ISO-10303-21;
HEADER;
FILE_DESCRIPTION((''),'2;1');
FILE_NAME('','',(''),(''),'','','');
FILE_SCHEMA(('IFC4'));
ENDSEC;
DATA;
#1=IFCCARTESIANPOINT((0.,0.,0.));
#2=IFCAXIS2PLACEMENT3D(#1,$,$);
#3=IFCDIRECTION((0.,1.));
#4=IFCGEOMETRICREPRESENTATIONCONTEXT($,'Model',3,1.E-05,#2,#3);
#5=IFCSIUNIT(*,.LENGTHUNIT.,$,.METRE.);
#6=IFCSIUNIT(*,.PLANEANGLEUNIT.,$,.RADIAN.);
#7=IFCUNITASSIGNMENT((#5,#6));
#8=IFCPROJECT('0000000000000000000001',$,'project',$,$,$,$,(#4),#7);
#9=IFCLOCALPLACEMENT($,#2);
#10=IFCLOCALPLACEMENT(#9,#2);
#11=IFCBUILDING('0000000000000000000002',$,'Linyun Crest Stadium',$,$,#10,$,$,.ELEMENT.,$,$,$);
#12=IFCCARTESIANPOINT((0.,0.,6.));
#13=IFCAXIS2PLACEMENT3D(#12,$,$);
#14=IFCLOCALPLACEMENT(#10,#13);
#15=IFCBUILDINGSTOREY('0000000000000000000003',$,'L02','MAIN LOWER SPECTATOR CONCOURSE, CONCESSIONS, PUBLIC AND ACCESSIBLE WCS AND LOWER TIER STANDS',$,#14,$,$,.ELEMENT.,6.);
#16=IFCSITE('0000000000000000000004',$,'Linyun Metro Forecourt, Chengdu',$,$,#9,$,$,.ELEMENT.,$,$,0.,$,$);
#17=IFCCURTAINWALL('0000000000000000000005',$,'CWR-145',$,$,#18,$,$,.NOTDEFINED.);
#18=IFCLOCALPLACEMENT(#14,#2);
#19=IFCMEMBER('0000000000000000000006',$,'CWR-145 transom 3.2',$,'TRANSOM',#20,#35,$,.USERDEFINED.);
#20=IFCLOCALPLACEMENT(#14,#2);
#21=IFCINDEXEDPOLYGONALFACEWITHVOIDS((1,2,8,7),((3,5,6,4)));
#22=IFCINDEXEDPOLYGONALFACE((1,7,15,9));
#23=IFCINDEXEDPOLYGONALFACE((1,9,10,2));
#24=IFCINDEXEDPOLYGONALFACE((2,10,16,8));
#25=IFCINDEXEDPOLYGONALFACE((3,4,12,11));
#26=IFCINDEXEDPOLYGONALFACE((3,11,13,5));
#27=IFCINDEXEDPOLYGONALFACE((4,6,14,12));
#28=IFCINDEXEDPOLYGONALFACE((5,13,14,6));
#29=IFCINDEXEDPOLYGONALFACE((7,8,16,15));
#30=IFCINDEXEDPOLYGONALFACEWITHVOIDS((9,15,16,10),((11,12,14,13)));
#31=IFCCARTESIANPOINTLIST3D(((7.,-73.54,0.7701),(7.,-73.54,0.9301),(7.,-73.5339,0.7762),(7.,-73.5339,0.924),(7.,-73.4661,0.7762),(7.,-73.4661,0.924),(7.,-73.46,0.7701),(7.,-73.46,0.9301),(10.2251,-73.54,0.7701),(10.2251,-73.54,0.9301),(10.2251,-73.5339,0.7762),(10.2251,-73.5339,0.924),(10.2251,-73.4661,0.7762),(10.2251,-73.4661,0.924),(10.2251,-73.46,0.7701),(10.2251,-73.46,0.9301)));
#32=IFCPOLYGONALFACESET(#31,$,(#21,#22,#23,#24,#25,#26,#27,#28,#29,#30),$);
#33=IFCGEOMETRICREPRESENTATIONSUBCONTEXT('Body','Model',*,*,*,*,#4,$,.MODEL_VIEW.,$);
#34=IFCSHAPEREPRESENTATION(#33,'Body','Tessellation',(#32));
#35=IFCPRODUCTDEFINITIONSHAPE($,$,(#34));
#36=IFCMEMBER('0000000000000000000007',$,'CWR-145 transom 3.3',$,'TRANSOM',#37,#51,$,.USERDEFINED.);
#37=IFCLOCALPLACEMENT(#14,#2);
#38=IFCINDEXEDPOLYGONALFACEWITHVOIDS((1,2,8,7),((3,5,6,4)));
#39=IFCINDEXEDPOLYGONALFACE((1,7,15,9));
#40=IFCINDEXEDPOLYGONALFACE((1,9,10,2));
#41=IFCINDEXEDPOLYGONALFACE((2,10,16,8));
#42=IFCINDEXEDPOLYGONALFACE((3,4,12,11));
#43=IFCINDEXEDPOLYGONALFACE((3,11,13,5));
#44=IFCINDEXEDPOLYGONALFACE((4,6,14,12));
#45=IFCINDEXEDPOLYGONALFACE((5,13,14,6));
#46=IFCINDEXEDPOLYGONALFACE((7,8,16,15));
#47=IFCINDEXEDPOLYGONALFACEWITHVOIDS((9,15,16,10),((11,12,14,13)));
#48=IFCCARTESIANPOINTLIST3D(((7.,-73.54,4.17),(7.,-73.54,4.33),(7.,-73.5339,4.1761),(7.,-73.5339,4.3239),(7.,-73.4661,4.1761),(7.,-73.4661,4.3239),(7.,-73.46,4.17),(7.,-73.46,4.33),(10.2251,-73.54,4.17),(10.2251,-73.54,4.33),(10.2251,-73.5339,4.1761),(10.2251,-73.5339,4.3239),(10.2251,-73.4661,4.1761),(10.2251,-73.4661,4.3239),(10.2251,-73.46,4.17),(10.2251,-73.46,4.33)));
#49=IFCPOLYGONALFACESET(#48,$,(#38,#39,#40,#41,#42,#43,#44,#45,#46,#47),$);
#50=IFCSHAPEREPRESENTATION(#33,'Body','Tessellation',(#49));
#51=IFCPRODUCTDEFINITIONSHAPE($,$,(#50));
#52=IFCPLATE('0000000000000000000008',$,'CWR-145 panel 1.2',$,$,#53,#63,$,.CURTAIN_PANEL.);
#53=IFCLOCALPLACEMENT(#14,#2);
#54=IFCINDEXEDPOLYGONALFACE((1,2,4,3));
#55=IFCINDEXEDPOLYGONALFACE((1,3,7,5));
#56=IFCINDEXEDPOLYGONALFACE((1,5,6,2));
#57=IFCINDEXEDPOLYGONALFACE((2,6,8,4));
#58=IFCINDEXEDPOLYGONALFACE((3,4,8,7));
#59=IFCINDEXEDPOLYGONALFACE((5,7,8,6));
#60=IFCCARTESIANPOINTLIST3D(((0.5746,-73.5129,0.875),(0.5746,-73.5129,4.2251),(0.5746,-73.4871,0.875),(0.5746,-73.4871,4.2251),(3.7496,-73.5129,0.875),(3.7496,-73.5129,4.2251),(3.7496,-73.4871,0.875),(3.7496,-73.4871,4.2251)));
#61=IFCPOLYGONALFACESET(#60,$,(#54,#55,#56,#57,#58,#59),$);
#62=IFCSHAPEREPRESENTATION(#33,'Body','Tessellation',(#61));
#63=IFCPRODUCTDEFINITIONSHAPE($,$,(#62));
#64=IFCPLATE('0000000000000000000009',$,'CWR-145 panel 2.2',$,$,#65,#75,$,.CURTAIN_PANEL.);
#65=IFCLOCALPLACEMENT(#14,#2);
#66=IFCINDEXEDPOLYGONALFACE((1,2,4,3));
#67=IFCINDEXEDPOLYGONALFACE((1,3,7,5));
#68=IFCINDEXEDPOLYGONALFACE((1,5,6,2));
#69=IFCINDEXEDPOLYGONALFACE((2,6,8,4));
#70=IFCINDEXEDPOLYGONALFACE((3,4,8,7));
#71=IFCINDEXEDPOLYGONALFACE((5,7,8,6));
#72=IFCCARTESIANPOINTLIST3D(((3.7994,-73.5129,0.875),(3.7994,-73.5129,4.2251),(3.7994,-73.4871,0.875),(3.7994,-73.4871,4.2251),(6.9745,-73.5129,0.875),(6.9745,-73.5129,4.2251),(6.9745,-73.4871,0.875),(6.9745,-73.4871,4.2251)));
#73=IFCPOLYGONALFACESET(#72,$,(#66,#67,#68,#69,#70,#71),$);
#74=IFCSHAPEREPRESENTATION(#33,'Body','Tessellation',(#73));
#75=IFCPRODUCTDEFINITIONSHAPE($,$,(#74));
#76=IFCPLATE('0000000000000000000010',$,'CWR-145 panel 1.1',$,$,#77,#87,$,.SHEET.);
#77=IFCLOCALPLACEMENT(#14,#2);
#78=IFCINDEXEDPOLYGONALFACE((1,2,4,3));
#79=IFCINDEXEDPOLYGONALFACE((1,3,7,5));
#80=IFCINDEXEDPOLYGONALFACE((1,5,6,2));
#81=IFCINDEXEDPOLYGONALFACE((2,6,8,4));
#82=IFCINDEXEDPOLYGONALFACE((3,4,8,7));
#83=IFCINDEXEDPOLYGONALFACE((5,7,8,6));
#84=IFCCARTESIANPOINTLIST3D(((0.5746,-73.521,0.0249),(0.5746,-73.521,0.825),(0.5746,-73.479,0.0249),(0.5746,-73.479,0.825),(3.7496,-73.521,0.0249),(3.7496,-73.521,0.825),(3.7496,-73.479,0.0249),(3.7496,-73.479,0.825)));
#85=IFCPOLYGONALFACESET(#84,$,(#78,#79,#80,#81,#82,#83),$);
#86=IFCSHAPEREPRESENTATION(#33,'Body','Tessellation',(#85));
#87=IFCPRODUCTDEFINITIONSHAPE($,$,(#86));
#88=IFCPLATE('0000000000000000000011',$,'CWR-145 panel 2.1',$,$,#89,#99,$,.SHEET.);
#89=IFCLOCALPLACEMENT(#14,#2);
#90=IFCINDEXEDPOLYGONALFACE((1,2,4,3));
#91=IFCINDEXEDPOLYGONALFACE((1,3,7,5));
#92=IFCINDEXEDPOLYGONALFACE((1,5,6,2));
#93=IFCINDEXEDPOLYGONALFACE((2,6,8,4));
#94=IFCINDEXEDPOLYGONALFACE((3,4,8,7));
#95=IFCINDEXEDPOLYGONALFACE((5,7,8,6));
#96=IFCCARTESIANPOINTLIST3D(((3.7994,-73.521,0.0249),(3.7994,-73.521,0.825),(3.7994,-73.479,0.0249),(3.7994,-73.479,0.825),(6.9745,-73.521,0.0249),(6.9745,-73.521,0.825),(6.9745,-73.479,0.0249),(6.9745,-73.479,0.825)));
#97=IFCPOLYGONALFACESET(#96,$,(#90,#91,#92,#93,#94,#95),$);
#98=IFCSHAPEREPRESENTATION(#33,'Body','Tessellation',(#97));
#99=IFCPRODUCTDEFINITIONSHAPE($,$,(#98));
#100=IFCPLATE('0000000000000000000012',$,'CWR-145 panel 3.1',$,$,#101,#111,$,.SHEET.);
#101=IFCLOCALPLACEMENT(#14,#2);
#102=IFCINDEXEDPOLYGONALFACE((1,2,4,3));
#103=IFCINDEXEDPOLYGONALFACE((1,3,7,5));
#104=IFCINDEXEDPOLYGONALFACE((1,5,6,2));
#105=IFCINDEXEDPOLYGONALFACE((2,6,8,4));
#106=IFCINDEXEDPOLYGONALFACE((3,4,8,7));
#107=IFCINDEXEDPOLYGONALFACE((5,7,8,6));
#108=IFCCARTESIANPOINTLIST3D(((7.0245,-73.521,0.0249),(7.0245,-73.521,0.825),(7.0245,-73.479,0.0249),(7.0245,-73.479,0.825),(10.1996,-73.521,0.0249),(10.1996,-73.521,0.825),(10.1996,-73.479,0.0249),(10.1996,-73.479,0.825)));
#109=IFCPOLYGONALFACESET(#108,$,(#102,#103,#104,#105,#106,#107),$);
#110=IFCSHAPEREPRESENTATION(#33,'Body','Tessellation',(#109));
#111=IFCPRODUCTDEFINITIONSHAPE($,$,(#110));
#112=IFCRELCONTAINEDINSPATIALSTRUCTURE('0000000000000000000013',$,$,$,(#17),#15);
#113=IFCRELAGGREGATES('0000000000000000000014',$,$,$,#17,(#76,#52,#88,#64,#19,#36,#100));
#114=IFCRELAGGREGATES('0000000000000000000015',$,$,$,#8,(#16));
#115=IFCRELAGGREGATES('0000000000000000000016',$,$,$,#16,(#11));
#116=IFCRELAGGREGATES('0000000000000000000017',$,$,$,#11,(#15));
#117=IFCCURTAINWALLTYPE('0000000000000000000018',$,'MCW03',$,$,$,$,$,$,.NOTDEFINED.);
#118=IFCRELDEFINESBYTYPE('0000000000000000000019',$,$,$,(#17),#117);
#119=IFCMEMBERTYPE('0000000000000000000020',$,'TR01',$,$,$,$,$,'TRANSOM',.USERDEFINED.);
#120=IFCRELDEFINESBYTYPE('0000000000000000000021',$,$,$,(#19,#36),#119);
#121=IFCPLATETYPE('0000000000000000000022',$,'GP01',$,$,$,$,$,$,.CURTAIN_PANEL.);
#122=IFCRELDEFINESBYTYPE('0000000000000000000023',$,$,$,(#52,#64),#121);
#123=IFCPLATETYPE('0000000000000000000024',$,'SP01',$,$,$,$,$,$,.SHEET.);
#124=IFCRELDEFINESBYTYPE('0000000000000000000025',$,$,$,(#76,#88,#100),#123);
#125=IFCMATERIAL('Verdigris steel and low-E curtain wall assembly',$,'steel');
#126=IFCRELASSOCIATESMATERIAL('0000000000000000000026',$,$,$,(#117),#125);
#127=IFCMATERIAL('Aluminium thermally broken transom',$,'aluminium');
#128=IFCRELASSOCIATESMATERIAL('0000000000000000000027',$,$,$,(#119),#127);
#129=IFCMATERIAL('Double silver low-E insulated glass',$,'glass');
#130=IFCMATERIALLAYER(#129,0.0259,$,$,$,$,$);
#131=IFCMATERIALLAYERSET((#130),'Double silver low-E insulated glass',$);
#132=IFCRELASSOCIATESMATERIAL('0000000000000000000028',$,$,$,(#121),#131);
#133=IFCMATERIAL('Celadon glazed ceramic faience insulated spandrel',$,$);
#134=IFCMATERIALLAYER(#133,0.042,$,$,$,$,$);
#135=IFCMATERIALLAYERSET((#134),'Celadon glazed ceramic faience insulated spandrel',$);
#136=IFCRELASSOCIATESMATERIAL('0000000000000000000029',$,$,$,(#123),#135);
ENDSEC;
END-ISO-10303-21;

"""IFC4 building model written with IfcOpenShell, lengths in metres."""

from ifc_helpers import new_model, si_unit, direction, frame, origin, origin_2d, place, context, subcontext, project, spatial, rectangle, hollow_rectangle, extrude, material, layer, layer_set, material_profile, profile_set, type_object, element, aggregate, save


model = new_model("IFC4")

# Units and contexts
model_context = context("Model", 3, precision=1e-05, world=origin(), true_north=direction((0.0, 1.0)))
body_context = subcontext(model_context, "Body", "Model", "MODEL_VIEW")
ifc_project = project(units=[si_unit("LENGTHUNIT", "METRE"), si_unit("PLANEANGLEUNIT", "RADIAN")], contexts=[model_context])

# Site, building, storey
site_placement = place(None, origin())
site = spatial("IfcSite", under=ifc_project, at=site_placement, Name="Linyun Metro Forecourt, Chengdu", CompositionType="ELEMENT", RefElevation=0.0)
building_placement = place(site_placement, origin())
building = spatial("IfcBuilding", under=site, at=building_placement, Name="Linyun Crest Stadium", CompositionType="ELEMENT")
storey_placement = place(building_placement, frame((0.0, 0.0, 6.0)))
storey = spatial("IfcBuildingStorey", under=building, at=storey_placement, Name="L02", Description="MAIN LOWER SPECTATOR CONCOURSE, CONCESSIONS, PUBLIC AND ACCESSIBLE WCS AND LOWER TIER STANDS", CompositionType="ELEMENT", Elevation=6.0)

# Curtain wall
ifc_material_1 = material(Name="Verdigris steel and low-E curtain wall assembly", Category="steel")
curtain_wall_type = type_object("IfcCurtainWallType", Name="MCW03", PredefinedType="NOTDEFINED", material=ifc_material_1)
curtain_wall_placement = place(storey_placement, origin())
curtain_wall = element("IfcCurtainWall", 1, at=curtain_wall_placement, inside=storey, type_object=curtain_wall_type, Name="CWR-145", PredefinedType="NOTDEFINED")

# Members
ifc_material_2 = material(Name="Aluminium thermally broken transom", Category="aluminium")
ifc_material_profile_1 = material_profile(ifc_material_2, hollow_rectangle(XDim=0.0801, YDim=0.1599, WallThickness=0.0061, at=origin_2d()), Name="RHS 160x80x6")
ifc_profile_set_1 = profile_set([ifc_material_profile_1], Name="Aluminium thermally broken transom")
member_type_1 = type_object("IfcMemberType", Name="TR01", ElementType="TRANSOM", PredefinedType="USERDEFINED", material=ifc_profile_set_1)
member_1_placement = place(storey_placement, frame((7.0, -73.5, 0.8501), z_axis=(1.0, 0.0, 0.0), x_axis=(0.0, 1.0, 0.0)))
member_1 = element("IfcMember", 2, at=member_1_placement, type_object=member_type_1, Name="CWR-145 transom 3.2", ObjectType="TRANSOM", PredefinedType="USERDEFINED", context=body_context, shape_type="SweptSolid", body=[
    extrude(hollow_rectangle(XDim=0.0801, YDim=0.1599, WallThickness=0.0061, at=origin_2d()), origin(), (0.0, 0.0, 1.0), 3.2251),
])
member_2_placement = place(storey_placement, frame((7.0, -73.5, 4.25), z_axis=(1.0, 0.0, 0.0), x_axis=(0.0, 1.0, 0.0)))
member_2 = element("IfcMember", 3, at=member_2_placement, type_object=member_type_1, Name="CWR-145 transom 3.3", ObjectType="TRANSOM", PredefinedType="USERDEFINED", context=body_context, shape_type="SweptSolid", body=[
    extrude(hollow_rectangle(XDim=0.0801, YDim=0.1599, WallThickness=0.0061, at=origin_2d()), origin(), (0.0, 0.0, 1.0), 3.2251),
])

# Plates
ifc_material_3 = material(Name="Double silver low-E insulated glass", Category="glass")
ifc_layer_1 = layer(ifc_material_3, 0.0259)
ifc_layer_set_1 = layer_set([ifc_layer_1], Name="Double silver low-E insulated glass")
plate_type_1 = type_object("IfcPlateType", Name="GP01", PredefinedType="CURTAIN_PANEL", material=ifc_layer_set_1)
plate_1_placement = place(storey_placement, frame((2.1621, -73.5, 0.875), z_axis=(0.0, 0.0, 1.0), x_axis=(1.0, 0.0, 0.0)))
plate_1 = element("IfcPlate", 4, at=plate_1_placement, type_object=plate_type_1, Name="CWR-145 panel 1.2", PredefinedType="CURTAIN_PANEL", context=body_context, shape_type="SweptSolid", body=[
    extrude(rectangle(XDim=3.175, YDim=0.0259, at=origin_2d()), origin(), (0.0, 0.0, 1.0), 3.3501),
])
plate_2_placement = place(storey_placement, frame((5.387, -73.5, 0.875), z_axis=(0.0, 0.0, 1.0), x_axis=(1.0, 0.0, 0.0)))
plate_2 = element("IfcPlate", 5, at=plate_2_placement, type_object=plate_type_1, Name="CWR-145 panel 2.2", PredefinedType="CURTAIN_PANEL", context=body_context, shape_type="SweptSolid", body=[
    extrude(rectangle(XDim=3.175, YDim=0.0259, at=origin_2d()), origin(), (0.0, 0.0, 1.0), 3.3501),
])
ifc_material_4 = material(Name="Celadon glazed ceramic faience insulated spandrel")
ifc_layer_2 = layer(ifc_material_4, 0.042)
ifc_layer_set_2 = layer_set([ifc_layer_2], Name="Celadon glazed ceramic faience insulated spandrel")
plate_type_2 = type_object("IfcPlateType", Name="SP01", PredefinedType="SHEET", material=ifc_layer_set_2)
plate_3_placement = place(storey_placement, frame((2.1621, -73.5, 0.0249), z_axis=(0.0, 0.0, 1.0), x_axis=(1.0, 0.0, 0.0)))
plate_3 = element("IfcPlate", 6, at=plate_3_placement, type_object=plate_type_2, Name="CWR-145 panel 1.1", PredefinedType="SHEET", context=body_context, shape_type="SweptSolid", body=[
    extrude(rectangle(XDim=3.175, YDim=0.042, at=origin_2d()), origin(), (0.0, 0.0, 1.0), 0.8),
])
plate_4_placement = place(storey_placement, frame((5.387, -73.5, 0.0249), z_axis=(0.0, 0.0, 1.0), x_axis=(1.0, 0.0, 0.0)))
plate_4 = element("IfcPlate", 7, at=plate_4_placement, type_object=plate_type_2, Name="CWR-145 panel 2.1", PredefinedType="SHEET", context=body_context, shape_type="SweptSolid", body=[
    extrude(rectangle(XDim=3.175, YDim=0.042, at=origin_2d()), origin(), (0.0, 0.0, 1.0), 0.8),
])
plate_5_placement = place(storey_placement, frame((8.6121, -73.5, 0.0249), z_axis=(0.0, 0.0, 1.0), x_axis=(1.0, 0.0, 0.0)))
plate_5 = element("IfcPlate", 8, at=plate_5_placement, type_object=plate_type_2, Name="CWR-145 panel 3.1", PredefinedType="SHEET", context=body_context, shape_type="SweptSolid", body=[
    extrude(rectangle(XDim=3.175, YDim=0.042, at=origin_2d()), origin(), (0.0, 0.0, 1.0), 0.8),
])
aggregate(curtain_wall, [plate_3, plate_1, plate_4, plate_2, member_1, member_2, plate_5])

save(model, "model.ifc")
